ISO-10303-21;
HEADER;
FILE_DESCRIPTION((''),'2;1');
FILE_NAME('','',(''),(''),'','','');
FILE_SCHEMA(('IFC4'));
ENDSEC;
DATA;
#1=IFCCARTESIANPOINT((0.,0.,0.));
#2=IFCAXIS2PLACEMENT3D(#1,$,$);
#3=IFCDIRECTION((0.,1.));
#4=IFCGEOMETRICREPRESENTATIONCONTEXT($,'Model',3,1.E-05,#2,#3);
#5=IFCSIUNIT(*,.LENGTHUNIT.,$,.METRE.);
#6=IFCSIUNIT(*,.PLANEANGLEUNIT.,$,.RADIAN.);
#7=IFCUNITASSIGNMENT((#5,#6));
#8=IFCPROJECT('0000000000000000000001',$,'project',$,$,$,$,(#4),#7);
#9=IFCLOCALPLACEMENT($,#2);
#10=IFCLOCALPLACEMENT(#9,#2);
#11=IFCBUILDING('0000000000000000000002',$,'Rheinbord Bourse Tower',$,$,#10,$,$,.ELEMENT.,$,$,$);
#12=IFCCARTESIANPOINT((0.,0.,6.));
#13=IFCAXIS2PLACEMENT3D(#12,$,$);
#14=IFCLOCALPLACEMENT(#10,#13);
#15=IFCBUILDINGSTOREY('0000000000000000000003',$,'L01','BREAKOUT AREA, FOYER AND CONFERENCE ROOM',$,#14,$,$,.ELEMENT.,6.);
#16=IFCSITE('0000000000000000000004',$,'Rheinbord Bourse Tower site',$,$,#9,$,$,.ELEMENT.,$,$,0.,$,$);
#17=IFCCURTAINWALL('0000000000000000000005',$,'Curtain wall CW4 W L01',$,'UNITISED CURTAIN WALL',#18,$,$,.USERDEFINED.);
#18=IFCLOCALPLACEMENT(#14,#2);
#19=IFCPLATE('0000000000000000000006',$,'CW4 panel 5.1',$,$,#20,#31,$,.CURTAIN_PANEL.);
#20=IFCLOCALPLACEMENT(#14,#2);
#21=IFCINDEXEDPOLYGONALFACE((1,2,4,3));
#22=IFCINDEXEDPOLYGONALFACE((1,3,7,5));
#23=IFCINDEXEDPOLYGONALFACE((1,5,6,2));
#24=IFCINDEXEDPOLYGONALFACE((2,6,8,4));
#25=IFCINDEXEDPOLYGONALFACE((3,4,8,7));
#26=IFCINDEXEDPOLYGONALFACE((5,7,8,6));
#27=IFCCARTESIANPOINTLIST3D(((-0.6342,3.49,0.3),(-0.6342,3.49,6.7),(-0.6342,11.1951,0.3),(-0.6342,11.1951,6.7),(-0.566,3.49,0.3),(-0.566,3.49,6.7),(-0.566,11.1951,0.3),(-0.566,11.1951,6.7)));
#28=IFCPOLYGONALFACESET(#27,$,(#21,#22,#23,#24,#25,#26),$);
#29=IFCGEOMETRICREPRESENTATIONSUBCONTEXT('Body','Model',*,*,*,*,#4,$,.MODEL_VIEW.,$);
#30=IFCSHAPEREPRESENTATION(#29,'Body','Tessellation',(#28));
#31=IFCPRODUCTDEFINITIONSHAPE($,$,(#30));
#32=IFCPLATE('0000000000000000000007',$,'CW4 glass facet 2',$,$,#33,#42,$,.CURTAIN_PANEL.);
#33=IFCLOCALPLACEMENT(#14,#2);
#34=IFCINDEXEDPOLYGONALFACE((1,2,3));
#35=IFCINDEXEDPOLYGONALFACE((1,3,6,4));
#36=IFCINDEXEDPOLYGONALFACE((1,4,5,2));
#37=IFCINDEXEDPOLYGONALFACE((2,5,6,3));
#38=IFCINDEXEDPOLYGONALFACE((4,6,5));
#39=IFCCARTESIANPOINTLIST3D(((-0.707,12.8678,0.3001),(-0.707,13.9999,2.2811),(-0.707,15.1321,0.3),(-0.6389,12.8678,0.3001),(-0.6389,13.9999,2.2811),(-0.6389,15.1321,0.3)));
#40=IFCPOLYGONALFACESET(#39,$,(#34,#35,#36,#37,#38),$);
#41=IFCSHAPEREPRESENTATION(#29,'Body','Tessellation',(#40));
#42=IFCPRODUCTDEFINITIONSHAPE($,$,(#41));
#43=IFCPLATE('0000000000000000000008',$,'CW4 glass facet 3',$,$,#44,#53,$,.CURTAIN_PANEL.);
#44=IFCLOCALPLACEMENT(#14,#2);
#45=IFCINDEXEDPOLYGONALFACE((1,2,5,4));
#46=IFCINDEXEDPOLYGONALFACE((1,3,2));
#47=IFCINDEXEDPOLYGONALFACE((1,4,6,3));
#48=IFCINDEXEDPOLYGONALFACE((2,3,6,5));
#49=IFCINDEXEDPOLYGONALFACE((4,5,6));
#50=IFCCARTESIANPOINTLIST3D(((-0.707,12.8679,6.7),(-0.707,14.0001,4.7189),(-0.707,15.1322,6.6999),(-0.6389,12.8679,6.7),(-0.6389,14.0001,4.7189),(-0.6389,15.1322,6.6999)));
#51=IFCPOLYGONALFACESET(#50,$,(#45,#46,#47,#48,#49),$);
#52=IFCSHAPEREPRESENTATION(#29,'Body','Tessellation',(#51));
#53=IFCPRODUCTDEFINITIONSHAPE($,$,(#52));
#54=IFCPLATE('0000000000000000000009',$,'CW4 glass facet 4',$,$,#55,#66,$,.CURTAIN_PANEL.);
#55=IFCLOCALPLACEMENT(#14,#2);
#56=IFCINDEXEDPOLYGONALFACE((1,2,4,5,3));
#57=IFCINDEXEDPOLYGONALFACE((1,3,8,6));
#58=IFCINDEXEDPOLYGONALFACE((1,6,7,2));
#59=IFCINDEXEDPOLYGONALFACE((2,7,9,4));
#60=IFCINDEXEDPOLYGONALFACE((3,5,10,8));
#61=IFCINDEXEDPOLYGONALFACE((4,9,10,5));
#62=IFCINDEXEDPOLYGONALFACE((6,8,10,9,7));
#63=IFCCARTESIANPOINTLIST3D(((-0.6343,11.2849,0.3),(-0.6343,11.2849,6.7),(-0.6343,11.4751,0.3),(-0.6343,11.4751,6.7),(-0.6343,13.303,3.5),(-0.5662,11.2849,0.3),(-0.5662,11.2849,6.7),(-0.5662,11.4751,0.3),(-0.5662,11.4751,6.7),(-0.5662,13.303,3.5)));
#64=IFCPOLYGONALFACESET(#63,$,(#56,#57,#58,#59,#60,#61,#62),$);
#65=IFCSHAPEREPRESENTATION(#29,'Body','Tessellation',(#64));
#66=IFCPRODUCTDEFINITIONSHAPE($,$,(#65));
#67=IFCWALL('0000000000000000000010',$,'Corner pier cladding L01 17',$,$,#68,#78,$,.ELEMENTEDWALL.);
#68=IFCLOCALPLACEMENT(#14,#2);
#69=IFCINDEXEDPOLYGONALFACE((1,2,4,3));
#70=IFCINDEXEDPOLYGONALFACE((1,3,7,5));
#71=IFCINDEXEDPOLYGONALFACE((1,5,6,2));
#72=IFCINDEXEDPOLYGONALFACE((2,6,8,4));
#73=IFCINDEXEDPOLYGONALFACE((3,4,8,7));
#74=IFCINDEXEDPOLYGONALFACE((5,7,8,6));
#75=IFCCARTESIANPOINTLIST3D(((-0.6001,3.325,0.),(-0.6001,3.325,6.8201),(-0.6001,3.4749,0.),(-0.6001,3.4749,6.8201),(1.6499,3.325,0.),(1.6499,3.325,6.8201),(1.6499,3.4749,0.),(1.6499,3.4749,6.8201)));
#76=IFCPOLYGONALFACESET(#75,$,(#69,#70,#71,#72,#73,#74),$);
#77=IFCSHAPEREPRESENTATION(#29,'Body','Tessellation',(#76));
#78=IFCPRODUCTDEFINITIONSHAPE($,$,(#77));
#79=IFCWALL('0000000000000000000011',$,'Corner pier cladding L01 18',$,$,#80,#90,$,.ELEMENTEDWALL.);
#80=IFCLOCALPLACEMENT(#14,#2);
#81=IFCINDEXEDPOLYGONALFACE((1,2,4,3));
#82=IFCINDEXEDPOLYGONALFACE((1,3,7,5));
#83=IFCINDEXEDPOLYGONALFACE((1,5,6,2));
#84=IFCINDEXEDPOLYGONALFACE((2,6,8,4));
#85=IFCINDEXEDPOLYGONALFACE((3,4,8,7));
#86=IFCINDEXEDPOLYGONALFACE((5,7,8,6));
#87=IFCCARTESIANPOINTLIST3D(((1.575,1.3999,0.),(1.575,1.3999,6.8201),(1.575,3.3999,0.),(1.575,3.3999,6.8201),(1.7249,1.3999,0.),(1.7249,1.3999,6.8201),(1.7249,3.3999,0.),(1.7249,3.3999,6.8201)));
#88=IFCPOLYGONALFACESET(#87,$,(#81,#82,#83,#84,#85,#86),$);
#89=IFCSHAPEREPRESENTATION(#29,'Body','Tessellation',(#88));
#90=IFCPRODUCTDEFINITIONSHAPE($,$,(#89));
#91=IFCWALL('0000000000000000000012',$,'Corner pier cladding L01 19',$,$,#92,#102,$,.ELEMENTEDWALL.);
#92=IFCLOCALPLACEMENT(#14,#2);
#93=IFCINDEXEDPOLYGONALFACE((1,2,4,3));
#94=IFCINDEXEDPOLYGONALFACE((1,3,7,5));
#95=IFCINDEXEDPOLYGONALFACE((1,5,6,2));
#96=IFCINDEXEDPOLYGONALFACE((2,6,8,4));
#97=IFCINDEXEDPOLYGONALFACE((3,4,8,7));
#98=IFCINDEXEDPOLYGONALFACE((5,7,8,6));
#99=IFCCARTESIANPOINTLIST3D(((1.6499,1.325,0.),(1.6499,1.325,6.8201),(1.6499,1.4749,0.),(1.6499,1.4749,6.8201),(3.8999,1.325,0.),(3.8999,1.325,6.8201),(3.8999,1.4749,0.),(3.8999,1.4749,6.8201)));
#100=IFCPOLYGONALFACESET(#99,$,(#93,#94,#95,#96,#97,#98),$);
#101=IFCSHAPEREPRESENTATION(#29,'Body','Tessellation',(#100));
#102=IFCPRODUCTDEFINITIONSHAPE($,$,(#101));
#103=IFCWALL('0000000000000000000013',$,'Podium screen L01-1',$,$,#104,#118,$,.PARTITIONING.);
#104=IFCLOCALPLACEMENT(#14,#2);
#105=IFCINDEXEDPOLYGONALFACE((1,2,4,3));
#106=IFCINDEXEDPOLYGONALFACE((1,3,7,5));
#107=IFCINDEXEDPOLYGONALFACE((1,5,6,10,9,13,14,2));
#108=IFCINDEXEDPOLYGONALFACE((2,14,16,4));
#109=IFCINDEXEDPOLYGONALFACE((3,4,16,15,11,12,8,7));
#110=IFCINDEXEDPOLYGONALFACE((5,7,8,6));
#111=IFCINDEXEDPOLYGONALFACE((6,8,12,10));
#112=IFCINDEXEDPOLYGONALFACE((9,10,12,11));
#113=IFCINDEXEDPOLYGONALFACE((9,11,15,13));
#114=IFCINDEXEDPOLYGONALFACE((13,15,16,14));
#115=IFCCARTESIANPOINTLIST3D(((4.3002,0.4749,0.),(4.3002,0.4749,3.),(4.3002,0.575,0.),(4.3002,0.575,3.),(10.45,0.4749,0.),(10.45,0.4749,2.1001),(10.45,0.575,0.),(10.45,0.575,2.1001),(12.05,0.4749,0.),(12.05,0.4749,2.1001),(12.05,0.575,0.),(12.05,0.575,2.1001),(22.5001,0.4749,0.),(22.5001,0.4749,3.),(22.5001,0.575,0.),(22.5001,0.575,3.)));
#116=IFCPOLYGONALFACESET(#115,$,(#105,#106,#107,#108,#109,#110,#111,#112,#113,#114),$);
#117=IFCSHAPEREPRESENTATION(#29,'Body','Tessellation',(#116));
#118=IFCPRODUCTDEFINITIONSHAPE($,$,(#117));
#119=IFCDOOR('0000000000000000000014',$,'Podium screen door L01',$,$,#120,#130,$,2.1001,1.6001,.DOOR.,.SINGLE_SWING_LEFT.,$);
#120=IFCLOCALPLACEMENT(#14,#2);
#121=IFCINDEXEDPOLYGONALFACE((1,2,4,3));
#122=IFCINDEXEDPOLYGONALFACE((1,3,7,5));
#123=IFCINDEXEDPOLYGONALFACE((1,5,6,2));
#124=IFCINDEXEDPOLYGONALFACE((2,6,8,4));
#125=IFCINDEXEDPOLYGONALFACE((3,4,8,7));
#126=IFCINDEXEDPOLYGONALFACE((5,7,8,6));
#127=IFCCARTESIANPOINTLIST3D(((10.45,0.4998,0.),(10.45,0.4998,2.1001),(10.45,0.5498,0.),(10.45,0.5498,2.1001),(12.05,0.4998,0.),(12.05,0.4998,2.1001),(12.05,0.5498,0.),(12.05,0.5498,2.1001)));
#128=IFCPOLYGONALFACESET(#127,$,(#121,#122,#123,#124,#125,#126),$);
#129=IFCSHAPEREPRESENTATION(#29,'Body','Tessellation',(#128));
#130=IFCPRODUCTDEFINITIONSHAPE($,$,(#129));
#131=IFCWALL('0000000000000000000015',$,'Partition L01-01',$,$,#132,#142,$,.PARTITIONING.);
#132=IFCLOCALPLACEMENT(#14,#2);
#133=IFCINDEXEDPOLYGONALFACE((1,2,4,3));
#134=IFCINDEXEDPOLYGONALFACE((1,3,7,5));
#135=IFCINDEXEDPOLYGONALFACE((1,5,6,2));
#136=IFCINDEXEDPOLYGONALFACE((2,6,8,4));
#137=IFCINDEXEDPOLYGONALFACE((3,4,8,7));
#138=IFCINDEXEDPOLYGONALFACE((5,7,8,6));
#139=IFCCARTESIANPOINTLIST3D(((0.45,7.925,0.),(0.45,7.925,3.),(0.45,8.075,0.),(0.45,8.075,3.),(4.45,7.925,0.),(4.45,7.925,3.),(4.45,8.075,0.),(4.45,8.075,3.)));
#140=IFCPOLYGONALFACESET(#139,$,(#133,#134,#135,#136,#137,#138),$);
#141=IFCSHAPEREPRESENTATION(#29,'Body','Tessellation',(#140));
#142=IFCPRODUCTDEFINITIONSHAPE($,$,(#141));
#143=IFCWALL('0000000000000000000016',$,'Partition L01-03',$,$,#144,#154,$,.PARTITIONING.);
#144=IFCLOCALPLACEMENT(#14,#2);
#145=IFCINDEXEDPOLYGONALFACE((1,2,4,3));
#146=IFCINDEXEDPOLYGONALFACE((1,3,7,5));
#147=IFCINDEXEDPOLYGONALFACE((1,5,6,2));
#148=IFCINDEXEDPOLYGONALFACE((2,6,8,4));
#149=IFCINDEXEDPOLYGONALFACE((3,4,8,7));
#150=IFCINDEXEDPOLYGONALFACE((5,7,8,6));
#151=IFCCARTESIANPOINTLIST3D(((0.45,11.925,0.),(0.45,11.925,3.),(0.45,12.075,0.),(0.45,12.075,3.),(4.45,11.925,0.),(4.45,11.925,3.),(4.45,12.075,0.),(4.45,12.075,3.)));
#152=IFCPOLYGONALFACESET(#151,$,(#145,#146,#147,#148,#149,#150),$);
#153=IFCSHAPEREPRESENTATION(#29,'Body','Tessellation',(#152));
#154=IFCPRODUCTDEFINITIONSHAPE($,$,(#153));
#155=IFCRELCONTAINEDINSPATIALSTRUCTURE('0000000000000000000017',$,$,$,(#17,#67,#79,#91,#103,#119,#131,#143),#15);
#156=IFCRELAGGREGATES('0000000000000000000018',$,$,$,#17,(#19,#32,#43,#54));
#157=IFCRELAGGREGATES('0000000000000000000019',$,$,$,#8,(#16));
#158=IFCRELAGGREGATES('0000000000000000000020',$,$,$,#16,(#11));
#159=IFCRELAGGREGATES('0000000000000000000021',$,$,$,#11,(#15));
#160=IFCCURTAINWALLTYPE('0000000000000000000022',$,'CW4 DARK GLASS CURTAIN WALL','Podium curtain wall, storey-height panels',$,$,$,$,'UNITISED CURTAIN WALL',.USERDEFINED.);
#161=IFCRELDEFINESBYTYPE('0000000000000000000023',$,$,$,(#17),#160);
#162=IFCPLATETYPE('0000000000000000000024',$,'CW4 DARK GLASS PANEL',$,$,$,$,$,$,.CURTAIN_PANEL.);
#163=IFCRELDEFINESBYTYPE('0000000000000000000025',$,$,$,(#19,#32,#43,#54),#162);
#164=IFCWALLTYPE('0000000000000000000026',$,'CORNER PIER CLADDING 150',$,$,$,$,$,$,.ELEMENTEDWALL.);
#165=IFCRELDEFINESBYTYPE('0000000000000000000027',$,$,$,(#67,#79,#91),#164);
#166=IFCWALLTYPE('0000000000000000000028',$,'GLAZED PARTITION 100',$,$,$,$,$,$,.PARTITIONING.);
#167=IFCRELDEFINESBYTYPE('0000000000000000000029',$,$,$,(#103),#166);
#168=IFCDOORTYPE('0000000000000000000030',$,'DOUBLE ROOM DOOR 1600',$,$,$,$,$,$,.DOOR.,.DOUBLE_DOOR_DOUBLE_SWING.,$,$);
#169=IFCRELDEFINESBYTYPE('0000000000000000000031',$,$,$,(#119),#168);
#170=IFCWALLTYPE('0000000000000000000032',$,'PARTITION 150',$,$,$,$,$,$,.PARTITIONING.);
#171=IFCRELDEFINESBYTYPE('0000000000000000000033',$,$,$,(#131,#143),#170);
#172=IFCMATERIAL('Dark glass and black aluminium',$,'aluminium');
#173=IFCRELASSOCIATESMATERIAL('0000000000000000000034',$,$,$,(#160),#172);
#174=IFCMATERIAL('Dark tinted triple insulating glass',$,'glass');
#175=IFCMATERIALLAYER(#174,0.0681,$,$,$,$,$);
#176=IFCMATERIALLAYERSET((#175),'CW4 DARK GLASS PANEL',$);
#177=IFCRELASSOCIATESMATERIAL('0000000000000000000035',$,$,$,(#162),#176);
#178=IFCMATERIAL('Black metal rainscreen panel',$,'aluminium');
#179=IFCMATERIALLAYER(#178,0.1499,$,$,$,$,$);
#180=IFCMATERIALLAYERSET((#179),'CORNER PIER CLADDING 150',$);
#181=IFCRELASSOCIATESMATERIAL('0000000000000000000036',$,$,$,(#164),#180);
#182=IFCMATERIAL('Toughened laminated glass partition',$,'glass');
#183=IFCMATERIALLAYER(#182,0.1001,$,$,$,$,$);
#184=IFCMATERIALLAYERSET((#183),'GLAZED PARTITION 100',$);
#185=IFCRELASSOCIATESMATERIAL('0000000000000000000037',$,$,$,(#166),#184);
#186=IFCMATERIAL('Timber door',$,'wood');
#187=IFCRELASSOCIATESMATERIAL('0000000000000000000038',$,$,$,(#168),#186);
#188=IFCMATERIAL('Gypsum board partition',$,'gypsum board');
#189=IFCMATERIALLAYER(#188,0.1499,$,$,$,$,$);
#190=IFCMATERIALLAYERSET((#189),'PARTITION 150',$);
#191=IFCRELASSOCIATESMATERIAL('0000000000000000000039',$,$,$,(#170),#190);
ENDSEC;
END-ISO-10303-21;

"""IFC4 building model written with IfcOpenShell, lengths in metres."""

from ifc_helpers import new_model, si_unit, direction, frame, frame_2d, origin, origin_2d, place, context, subcontext, project, spatial, polyline, rectangle, outline, extrude, material, layer, layer_set, type_object, element, fill, aggregate, save


model = new_model("IFC4")

# Units and contexts
model_context = context("Model", 3, precision=1e-05, world=origin(), true_north=direction((0.0, 1.0)))
body_context = subcontext(model_context, "Body", "Model", "MODEL_VIEW")
ifc_project = project(units=[si_unit("LENGTHUNIT", "METRE"), si_unit("PLANEANGLEUNIT", "RADIAN")], contexts=[model_context])

# Site, building, storey
site_placement = place(None, origin())
site = spatial("IfcSite", under=ifc_project, at=site_placement, Name="Rheinbord Bourse Tower site", CompositionType="ELEMENT", RefElevation=0.0)
building_placement = place(site_placement, origin())
building = spatial("IfcBuilding", under=site, at=building_placement, Name="Rheinbord Bourse Tower", CompositionType="ELEMENT")
storey_placement = place(building_placement, frame((0.0, 0.0, 6.0)))
storey = spatial("IfcBuildingStorey", under=building, at=storey_placement, Name="L01", Description="BREAKOUT AREA, FOYER AND CONFERENCE ROOM", CompositionType="ELEMENT", Elevation=6.0)

# Curtain wall
ifc_material_1 = material(Name="Dark glass and black aluminium", Category="aluminium")
curtain_wall_type = type_object("IfcCurtainWallType", Name="CW4 DARK GLASS CURTAIN WALL", Description="Podium curtain wall, storey-height panels", ElementType="UNITISED CURTAIN WALL", PredefinedType="USERDEFINED", material=ifc_material_1)
curtain_wall_1_placement = place(storey_placement, origin())
curtain_wall_1 = element("IfcCurtainWall", 1, at=curtain_wall_1_placement, inside=storey, type_object=curtain_wall_type, Name="Curtain wall CW4 W L01", ObjectType="UNITISED CURTAIN WALL", PredefinedType="USERDEFINED")

# Plates
ifc_material_2 = material(Name="Dark tinted triple insulating glass", Category="glass")
ifc_layer_1 = layer(ifc_material_2, 0.0681)
ifc_layer_set_1 = layer_set([ifc_layer_1], Name="CW4 DARK GLASS PANEL")
plate_type = type_object("IfcPlateType", Name="CW4 DARK GLASS PANEL", PredefinedType="CURTAIN_PANEL", material=ifc_layer_set_1)
plate_1_placement = place(storey_placement, frame((-0.6001, 7.3425, 0.3), z_axis=(0.0, 0.0, 1.0), x_axis=(0.0, -1.0, 0.0)))
plate_1 = element("IfcPlate", 2, at=plate_1_placement, type_object=plate_type, Name="CW4 panel 5.1", PredefinedType="CURTAIN_PANEL", context=body_context, shape_type="SweptSolid", body=[
    extrude(rectangle(XDim=7.7051, YDim=0.0681, at=origin_2d()), origin(), (0.0, 0.0, 1.0), 6.3999),
])
plate_2_placement = place(storey_placement, frame((-0.707, 15.1321, 0.3), z_axis=(1.0, 0.0, 0.0), x_axis=(0.0, -0.496174, 0.868223)))
plate_2 = element("IfcPlate", 3, at=plate_2_placement, type_object=plate_type, Name="CW4 glass facet 2", PredefinedType="CURTAIN_PANEL", context=body_context, shape_type="SweptSolid", body=[
    extrude(outline(polyline([(0.0, 0.0), (2.2817, 0.0), (1.1235, 1.9658), (0.0, 0.0)])), origin(), (0.0, 0.0, 1.0), 0.0681),
])
plate_3_placement = place(storey_placement, frame((-0.707, 12.8679, 6.7), z_axis=(1.0, 0.0, 0.0), x_axis=(0.0, 0.496174, -0.868223)))
plate_3 = element("IfcPlate", 4, at=plate_3_placement, type_object=plate_type, Name="CW4 glass facet 3", PredefinedType="CURTAIN_PANEL", context=body_context, shape_type="SweptSolid", body=[
    extrude(outline(polyline([(0.0, 0.0), (2.2817, 0.0), (1.1235, 1.9658), (0.0, 0.0)])), origin(), (0.0, 0.0, 1.0), 0.0681),
])
plate_4_placement = place(storey_placement, frame((-0.6343, 11.2849, 6.7), z_axis=(1.0, 0.0, 0.0), x_axis=(0.0, 0.0, -1.0)))
plate_4 = element("IfcPlate", 5, at=plate_4_placement, type_object=plate_type, Name="CW4 glass facet 4", PredefinedType="CURTAIN_PANEL", context=body_context, shape_type="SweptSolid", body=[
    extrude(outline(polyline([(0.0, 0.0), (6.3999, 0.0), (6.3999, 0.1902), (3.2, 2.0181), (0.0, 0.1902), (0.0, 0.0)])), origin(), (0.0, 0.0, 1.0), 0.0681),
])
aggregate(curtain_wall_1, [plate_1, plate_2, plate_3, plate_4])

# Walls
ifc_material_3 = material(Name="Black metal rainscreen panel", Category="aluminium")
ifc_layer_2 = layer(ifc_material_3, 0.1499)
ifc_layer_set_2 = layer_set([ifc_layer_2], Name="CORNER PIER CLADDING 150")
wall_type_1 = type_object("IfcWallType", Name="CORNER PIER CLADDING 150", PredefinedType="ELEMENTEDWALL", material=ifc_layer_set_2)
wall_1_placement = place(storey_placement, frame((-0.6001, 3.3999, 0.0), z_axis=(0.0, 0.0, 1.0), x_axis=(1.0, 0.0, 0.0)))
element("IfcWall", 6, at=wall_1_placement, inside=storey, type_object=wall_type_1, Name="Corner pier cladding L01 17", PredefinedType="ELEMENTEDWALL", context=body_context, shape_type="SweptSolid", body=[
    extrude(rectangle(XDim=2.25, YDim=0.1499, at=frame_2d((1.125, 0.0))), origin(), (0.0, 0.0, 1.0), 6.8201),
])
wall_2_placement = place(storey_placement, frame((1.6499, 3.3999, 0.0), z_axis=(0.0, 0.0, 1.0), x_axis=(0.0, -1.0, 0.0)))
element("IfcWall", 7, at=wall_2_placement, inside=storey, type_object=wall_type_1, Name="Corner pier cladding L01 18", PredefinedType="ELEMENTEDWALL", context=body_context, shape_type="SweptSolid", body=[
    extrude(rectangle(XDim=2.0, YDim=0.1499, at=frame_2d((1.0, 0.0))), origin(), (0.0, 0.0, 1.0), 6.8201),
])
wall_3_placement = place(storey_placement, frame((1.6499, 1.3999, 0.0), z_axis=(0.0, 0.0, 1.0), x_axis=(1.0, 0.0, 0.0)))
element("IfcWall", 8, at=wall_3_placement, inside=storey, type_object=wall_type_1, Name="Corner pier cladding L01 19", PredefinedType="ELEMENTEDWALL", context=body_context, shape_type="SweptSolid", body=[
    extrude(rectangle(XDim=2.25, YDim=0.1499, at=frame_2d((1.125, 0.0))), origin(), (0.0, 0.0, 1.0), 6.8201),
])

# Wall, opening, door
ifc_material_4 = material(Name="Toughened laminated glass partition", Category="glass")
ifc_layer_3 = layer(ifc_material_4, 0.1001)
ifc_layer_set_3 = layer_set([ifc_layer_3], Name="GLAZED PARTITION 100")
wall_type_2 = type_object("IfcWallType", Name="GLAZED PARTITION 100", PredefinedType="PARTITIONING", material=ifc_layer_set_3)
wall_4_placement = place(storey_placement, frame((4.3, 0.5249, 0.0), z_axis=(0.0, 0.0, 1.0), x_axis=(1.0, 0.0, 0.0)))
wall_4 = element("IfcWall", 9, at=wall_4_placement, inside=storey, type_object=wall_type_2, Name="Podium screen L01-1", PredefinedType="PARTITIONING", context=body_context, shape_type="SweptSolid", body=[
    extrude(rectangle(XDim=18.2, YDim=0.1001, at=frame_2d((9.1001, 0.0))), origin(), (0.0, 0.0, 1.0), 3.0),
])
opening_placement = place(wall_4_placement, frame((6.1499, 0.0, 0.0)))
opening = element("IfcOpeningElement", 10, at=opening_placement, cuts=wall_4, PredefinedType="OPENING", context=body_context, shape_type="SweptSolid", body=[
    extrude(rectangle(XDim=1.6001, YDim=2.1001, at=frame_2d((0.8, 1.05))), frame((0.0, 0.0601, 0.0), z_axis=(0.0, -1.0, 0.0), x_axis=(1.0, 0.0, 0.0)), (0.0, 0.0, 1.0), 0.1201),
])
ifc_material_5 = material(Name="Timber door", Category="wood")
door_type = type_object("IfcDoorType", Name="DOUBLE ROOM DOOR 1600", OperationType="DOUBLE_DOOR_DOUBLE_SWING", PredefinedType="DOOR", material=ifc_material_5)
door_placement = place(opening_placement, origin())
door = element("IfcDoor", 11, at=door_placement, inside=storey, type_object=door_type, Name="Podium screen door L01", OperationType="SINGLE_SWING_LEFT", OverallHeight=2.1001, OverallWidth=1.6001, PredefinedType="DOOR", context=body_context, shape_type="SweptSolid", body=[
    extrude(rectangle(XDim=1.6001, YDim=2.1001, at=frame_2d((0.8, 1.05))), frame((0.0, 0.0249, 0.0), z_axis=(0.0, -1.0, 0.0), x_axis=(1.0, 0.0, 0.0)), (0.0, 0.0, 1.0), 0.05),
])
fill(opening, door)

# Walls
ifc_material_6 = material(Name="Gypsum board partition", Category="gypsum board")
ifc_layer_4 = layer(ifc_material_6, 0.1499)
ifc_layer_set_4 = layer_set([ifc_layer_4], Name="PARTITION 150")
wall_type_3 = type_object("IfcWallType", Name="PARTITION 150", PredefinedType="PARTITIONING", material=ifc_layer_set_4)
for number, where, z_axis, x_axis, name in (
    (12, (0.45, 8.0, 0.0), (0.0, 0.0, 1.0), (1.0, 0.0, 0.0), "Partition L01-01"),
    (13, (0.45, 12.0, 0.0), (0.0, 0.0, 1.0), (1.0, 0.0, 0.0), "Partition L01-03"),
):
    element("IfcWall", number, at=place(storey_placement, frame(where, z_axis=z_axis, x_axis=x_axis)), inside=storey, type_object=wall_type_3, Name=name, PredefinedType="PARTITIONING", context=body_context, shape_type="SweptSolid", body=[
        extrude(rectangle(XDim=4.0, YDim=0.1499, at=frame_2d((2.0, 0.0))), origin(), (0.0, 0.0, 1.0), 3.0),
    ])

save(model, "model.ifc")
